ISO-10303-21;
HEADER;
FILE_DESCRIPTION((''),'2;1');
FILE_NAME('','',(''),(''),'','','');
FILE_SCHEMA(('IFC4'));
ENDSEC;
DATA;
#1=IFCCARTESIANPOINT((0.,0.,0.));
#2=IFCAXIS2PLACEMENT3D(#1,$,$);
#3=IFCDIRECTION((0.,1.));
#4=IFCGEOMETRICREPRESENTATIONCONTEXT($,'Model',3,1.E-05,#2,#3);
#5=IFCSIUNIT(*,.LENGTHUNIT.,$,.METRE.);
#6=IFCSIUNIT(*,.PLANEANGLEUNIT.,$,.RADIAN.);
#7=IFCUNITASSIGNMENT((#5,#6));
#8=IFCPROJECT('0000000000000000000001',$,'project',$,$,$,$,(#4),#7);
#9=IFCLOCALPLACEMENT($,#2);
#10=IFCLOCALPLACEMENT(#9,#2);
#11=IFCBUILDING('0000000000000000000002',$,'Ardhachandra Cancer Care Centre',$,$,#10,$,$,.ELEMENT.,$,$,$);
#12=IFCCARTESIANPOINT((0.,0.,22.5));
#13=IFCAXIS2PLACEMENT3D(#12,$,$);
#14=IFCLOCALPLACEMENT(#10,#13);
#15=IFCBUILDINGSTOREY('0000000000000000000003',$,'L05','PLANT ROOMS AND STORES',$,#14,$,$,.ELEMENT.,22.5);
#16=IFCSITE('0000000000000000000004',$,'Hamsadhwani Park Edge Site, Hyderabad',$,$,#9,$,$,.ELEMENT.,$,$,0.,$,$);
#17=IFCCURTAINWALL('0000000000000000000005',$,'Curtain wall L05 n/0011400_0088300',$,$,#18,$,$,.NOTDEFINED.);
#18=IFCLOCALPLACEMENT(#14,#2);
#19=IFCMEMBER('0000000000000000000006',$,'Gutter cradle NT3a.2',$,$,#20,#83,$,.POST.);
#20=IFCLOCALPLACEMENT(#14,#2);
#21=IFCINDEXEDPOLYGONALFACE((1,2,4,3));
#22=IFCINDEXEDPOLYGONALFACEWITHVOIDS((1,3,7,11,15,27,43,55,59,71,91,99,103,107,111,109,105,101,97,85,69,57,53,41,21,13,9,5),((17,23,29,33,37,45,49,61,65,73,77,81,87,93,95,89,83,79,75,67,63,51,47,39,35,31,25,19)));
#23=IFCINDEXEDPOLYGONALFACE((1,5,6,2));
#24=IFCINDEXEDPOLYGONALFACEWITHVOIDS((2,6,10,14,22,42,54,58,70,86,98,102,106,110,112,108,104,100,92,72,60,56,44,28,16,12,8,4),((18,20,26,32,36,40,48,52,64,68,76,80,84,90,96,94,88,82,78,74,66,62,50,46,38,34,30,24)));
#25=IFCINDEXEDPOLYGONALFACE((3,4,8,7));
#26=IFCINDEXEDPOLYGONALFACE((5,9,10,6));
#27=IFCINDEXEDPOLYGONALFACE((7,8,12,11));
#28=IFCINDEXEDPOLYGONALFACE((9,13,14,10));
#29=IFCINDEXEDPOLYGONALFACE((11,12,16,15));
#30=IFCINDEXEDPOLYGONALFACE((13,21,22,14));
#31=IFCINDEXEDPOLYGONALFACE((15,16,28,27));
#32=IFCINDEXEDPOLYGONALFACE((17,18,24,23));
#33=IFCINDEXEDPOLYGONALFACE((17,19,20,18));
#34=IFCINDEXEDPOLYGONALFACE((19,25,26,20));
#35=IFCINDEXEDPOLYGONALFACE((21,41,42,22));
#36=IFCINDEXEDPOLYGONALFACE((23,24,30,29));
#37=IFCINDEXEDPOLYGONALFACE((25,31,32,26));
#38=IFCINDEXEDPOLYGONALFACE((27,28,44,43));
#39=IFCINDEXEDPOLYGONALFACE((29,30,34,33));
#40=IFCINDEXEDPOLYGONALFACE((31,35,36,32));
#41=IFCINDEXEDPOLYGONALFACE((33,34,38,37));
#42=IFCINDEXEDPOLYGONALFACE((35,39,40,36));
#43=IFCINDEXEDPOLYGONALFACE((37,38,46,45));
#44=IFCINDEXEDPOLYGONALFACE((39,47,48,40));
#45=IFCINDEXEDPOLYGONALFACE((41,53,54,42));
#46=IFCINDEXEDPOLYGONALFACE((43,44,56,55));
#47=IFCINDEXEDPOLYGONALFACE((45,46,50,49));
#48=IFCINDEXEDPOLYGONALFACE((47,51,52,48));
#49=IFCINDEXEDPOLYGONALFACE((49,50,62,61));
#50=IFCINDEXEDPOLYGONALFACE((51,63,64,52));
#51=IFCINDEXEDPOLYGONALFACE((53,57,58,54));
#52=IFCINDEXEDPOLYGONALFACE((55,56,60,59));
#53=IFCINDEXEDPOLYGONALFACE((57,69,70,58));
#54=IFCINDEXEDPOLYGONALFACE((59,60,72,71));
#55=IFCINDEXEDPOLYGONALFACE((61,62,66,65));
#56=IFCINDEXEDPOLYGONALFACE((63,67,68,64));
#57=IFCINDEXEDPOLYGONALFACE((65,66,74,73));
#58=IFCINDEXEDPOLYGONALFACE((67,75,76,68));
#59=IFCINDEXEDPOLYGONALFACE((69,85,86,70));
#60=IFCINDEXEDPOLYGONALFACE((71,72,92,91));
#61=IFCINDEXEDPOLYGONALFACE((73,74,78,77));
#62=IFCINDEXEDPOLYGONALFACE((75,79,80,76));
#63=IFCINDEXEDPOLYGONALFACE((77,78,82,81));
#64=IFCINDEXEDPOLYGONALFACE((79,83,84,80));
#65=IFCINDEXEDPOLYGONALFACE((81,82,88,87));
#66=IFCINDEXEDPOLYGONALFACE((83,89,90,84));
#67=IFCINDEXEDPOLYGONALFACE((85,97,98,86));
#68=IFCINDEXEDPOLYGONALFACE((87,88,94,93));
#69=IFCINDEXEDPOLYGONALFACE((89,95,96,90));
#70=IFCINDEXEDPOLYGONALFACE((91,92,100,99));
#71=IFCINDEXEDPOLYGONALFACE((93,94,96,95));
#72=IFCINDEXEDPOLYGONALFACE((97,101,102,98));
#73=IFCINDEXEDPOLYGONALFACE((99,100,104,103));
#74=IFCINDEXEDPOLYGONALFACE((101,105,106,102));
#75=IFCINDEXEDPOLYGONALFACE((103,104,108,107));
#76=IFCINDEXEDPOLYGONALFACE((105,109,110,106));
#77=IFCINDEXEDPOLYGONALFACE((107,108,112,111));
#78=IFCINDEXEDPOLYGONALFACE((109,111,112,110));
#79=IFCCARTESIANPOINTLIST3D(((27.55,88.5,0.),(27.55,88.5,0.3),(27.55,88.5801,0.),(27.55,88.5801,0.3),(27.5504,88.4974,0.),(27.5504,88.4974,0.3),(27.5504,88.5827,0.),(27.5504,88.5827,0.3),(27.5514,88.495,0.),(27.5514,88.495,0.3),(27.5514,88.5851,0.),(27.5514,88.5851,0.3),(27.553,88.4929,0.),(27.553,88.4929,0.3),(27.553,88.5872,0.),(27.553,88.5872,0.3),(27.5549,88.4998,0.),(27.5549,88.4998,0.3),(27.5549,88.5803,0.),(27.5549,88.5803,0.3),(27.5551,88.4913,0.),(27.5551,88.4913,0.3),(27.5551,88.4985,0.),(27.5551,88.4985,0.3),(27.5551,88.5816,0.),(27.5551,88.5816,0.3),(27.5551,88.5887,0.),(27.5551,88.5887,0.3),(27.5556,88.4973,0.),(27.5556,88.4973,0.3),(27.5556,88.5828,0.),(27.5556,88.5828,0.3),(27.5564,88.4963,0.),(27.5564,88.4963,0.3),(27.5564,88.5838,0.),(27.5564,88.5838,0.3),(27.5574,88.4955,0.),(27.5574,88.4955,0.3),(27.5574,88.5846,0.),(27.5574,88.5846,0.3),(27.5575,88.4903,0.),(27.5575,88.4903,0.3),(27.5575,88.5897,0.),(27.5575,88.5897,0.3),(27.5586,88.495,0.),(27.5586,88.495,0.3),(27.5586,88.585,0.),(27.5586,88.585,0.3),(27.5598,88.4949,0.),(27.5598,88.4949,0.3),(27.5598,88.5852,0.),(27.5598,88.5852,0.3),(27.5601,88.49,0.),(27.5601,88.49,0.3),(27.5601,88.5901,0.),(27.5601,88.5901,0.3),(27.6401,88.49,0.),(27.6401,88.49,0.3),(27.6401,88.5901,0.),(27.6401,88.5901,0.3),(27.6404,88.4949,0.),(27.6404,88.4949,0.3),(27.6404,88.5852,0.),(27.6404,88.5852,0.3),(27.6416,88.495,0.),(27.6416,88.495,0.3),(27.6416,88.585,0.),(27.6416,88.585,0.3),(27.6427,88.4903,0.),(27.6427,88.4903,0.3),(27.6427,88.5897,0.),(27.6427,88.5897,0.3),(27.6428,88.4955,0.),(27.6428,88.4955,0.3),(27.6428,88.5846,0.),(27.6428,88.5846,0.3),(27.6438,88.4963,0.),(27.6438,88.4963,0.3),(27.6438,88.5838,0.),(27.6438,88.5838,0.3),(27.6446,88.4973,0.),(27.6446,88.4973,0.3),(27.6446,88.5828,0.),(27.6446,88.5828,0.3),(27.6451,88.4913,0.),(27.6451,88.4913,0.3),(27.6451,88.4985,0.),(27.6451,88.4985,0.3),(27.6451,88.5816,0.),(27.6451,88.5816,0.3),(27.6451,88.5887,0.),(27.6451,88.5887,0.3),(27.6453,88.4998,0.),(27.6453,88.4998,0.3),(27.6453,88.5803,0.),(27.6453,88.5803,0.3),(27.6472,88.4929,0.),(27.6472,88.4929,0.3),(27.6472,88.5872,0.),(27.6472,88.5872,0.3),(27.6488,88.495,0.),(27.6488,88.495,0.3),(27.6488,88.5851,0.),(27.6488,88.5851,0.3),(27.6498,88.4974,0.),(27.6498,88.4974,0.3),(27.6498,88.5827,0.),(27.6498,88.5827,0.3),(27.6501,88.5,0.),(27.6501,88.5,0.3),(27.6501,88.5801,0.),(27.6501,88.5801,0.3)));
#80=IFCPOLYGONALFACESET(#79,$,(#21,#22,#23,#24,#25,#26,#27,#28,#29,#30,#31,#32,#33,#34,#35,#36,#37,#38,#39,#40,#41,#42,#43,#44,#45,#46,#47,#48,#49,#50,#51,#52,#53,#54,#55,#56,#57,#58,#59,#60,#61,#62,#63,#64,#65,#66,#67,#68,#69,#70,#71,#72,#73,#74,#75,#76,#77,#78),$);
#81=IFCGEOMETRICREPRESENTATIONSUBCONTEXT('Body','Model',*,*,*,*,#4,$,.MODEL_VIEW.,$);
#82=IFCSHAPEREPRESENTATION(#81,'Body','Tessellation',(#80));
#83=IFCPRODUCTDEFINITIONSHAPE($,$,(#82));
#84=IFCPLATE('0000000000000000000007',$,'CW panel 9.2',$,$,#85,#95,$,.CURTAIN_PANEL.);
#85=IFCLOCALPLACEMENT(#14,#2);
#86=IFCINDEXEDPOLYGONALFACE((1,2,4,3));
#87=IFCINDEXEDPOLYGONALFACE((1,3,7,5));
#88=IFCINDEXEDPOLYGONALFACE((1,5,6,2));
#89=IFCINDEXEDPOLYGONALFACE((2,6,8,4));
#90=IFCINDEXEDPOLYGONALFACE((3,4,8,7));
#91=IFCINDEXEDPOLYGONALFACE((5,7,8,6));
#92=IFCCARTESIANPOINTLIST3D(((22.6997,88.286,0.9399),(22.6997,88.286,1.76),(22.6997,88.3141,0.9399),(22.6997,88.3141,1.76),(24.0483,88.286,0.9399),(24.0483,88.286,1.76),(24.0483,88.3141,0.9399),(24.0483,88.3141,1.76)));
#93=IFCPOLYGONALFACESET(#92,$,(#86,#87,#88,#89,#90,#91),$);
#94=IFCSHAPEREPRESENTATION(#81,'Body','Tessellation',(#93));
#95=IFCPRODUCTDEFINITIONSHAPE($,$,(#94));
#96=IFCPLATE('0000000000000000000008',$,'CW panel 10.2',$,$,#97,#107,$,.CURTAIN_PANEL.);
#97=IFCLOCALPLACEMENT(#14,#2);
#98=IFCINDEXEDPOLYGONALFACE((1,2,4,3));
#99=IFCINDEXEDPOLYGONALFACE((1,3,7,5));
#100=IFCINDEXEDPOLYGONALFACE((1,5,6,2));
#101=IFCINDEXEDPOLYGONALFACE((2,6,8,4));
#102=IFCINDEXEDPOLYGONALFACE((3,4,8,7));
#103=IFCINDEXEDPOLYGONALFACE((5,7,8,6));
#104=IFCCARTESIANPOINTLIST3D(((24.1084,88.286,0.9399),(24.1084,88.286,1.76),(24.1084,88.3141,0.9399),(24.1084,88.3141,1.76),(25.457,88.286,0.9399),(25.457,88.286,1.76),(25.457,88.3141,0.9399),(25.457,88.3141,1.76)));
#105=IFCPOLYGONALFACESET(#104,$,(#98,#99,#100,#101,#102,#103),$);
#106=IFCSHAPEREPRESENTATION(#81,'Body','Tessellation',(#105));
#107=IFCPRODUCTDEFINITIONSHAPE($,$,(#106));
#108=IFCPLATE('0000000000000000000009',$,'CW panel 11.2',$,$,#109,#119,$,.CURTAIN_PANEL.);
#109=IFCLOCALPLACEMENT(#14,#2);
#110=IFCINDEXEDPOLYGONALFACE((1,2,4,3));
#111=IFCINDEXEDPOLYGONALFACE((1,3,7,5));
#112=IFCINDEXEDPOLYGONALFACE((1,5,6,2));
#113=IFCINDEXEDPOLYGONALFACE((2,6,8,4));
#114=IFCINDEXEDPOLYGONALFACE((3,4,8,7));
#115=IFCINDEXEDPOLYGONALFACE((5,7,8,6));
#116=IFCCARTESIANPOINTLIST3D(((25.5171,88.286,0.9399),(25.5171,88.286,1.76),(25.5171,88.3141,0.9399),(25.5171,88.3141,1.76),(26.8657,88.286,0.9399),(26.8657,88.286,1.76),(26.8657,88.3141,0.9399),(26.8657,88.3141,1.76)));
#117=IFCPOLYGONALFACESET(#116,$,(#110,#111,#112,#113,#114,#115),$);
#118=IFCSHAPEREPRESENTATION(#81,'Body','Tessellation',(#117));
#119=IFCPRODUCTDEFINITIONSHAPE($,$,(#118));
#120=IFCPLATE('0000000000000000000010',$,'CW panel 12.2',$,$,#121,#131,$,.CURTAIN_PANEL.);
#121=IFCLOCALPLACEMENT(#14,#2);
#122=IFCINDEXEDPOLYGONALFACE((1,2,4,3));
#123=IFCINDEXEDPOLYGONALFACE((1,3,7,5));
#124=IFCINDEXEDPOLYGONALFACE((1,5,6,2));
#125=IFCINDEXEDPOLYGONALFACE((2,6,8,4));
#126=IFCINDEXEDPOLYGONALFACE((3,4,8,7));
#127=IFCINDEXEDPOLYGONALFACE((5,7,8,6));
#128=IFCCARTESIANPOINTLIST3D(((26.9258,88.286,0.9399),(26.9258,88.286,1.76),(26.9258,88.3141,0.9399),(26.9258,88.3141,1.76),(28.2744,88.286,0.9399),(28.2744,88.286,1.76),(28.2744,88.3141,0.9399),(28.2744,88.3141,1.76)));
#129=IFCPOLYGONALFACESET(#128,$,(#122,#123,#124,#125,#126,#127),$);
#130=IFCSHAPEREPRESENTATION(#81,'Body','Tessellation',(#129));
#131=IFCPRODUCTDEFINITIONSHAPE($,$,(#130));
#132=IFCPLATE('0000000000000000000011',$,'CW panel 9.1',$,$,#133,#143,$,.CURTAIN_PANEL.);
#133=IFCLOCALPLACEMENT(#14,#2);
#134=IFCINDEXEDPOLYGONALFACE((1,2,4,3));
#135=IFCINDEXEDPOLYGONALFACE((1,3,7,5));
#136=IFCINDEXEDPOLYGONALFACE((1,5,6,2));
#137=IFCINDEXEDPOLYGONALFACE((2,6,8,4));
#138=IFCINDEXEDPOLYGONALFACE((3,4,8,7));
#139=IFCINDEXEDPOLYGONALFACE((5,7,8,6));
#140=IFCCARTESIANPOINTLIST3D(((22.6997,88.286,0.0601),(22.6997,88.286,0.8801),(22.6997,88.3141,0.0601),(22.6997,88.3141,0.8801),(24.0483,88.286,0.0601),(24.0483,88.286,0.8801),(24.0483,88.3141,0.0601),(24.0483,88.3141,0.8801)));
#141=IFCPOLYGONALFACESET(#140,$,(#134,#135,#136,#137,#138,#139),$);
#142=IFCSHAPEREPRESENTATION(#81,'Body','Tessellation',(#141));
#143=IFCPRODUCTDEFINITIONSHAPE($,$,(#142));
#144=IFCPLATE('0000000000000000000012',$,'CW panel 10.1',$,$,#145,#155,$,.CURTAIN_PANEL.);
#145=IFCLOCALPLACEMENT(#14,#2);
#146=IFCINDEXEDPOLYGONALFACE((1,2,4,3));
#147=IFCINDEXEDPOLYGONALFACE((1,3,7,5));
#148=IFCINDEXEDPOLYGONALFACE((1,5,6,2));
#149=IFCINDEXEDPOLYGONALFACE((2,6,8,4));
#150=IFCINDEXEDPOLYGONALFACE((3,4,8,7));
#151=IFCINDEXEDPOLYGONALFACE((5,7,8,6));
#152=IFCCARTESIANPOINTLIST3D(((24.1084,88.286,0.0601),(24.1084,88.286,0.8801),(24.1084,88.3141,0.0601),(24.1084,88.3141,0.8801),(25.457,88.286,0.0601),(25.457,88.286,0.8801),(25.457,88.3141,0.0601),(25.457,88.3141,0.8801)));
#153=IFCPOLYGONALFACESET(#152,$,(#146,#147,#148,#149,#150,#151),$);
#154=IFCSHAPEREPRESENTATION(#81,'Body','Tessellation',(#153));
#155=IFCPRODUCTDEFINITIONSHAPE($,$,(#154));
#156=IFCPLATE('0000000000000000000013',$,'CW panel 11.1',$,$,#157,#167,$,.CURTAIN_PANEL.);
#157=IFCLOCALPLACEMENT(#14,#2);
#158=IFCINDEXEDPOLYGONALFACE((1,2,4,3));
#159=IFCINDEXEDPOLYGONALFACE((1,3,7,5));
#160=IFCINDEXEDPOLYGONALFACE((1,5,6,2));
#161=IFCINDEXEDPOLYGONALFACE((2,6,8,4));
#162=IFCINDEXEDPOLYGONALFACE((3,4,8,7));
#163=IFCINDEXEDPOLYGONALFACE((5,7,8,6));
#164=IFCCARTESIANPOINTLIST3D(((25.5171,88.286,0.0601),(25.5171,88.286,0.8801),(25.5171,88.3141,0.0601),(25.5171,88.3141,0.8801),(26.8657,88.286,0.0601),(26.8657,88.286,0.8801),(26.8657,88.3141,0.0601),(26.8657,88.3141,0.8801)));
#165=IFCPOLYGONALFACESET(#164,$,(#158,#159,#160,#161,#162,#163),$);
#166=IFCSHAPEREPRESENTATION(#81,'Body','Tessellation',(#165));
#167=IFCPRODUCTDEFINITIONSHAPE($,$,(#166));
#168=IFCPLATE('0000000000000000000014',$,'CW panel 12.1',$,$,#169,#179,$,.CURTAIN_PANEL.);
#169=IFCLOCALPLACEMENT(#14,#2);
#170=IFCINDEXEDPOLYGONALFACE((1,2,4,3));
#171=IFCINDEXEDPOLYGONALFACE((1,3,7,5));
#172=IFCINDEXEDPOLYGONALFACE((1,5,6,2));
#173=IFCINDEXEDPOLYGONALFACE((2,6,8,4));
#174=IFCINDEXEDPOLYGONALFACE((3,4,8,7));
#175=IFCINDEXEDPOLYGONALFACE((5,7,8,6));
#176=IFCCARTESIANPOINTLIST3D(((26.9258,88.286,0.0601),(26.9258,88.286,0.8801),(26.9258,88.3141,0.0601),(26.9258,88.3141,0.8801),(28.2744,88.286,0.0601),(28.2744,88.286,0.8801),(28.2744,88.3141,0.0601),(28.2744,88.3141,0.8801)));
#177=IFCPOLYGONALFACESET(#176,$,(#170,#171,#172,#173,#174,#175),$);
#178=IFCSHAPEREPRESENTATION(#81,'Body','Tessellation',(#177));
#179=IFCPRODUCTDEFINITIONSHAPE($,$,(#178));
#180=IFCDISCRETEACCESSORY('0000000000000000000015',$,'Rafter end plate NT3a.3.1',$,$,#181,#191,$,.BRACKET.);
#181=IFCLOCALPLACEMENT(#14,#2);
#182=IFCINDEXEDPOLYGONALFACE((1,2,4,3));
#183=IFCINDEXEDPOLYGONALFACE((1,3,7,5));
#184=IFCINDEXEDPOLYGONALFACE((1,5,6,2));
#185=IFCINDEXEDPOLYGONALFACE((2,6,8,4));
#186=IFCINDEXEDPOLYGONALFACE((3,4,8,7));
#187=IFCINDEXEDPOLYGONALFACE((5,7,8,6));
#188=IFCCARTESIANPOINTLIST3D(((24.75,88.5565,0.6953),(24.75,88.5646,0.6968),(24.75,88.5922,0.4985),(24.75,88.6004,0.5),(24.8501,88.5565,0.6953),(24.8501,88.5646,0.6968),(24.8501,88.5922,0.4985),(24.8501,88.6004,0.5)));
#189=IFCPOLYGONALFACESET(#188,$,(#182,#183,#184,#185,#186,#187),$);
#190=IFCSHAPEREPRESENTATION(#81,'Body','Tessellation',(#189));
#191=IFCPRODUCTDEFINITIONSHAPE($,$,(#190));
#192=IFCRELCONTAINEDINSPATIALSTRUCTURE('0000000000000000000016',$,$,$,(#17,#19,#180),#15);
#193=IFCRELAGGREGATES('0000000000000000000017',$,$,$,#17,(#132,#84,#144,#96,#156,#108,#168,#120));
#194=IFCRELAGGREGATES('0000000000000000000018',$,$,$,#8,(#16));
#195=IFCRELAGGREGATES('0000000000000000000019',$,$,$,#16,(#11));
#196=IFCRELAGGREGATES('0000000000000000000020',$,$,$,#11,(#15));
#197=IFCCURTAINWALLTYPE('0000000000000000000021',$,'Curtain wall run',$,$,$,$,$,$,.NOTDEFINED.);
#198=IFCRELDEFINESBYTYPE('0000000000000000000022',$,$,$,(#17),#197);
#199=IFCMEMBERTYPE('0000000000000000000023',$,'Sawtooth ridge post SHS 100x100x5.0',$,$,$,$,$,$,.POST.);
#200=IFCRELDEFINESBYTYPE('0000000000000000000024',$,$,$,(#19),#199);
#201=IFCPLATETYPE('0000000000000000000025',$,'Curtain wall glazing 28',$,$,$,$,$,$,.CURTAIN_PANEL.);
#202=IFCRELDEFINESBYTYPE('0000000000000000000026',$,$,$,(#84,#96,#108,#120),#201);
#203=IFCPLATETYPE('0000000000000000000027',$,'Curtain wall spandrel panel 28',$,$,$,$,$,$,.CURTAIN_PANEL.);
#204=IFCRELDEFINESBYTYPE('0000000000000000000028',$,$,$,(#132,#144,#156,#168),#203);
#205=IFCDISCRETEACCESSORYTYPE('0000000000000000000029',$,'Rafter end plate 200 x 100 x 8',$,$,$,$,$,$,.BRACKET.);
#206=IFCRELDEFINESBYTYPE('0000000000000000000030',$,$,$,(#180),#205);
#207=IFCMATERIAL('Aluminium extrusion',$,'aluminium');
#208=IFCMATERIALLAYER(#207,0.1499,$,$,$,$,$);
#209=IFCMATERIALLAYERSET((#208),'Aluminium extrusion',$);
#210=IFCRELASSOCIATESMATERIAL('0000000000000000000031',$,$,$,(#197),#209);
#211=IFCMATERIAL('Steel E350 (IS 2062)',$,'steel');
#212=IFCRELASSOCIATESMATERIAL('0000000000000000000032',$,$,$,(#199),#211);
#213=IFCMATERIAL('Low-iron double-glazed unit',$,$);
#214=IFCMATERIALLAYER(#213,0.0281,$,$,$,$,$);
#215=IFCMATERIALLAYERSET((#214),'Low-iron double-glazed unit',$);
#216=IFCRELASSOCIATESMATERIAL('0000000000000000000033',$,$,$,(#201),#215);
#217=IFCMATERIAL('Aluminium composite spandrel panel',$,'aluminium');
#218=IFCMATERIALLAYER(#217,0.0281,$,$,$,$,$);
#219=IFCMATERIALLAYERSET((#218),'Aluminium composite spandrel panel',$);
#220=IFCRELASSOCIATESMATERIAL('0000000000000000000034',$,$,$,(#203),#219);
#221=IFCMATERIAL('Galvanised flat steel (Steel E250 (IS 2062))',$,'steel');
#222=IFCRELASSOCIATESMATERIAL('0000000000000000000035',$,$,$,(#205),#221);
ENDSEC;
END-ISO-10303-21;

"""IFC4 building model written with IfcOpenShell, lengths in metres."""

from ifc_helpers import new_model, si_unit, direction, frame, origin, origin_2d, place, context, subcontext, project, spatial, rectangle, hollow_rectangle, extrude, material, layer, layer_set, material_profile, profile_set, type_object, element, aggregate, save


model = new_model("IFC4")

# Units and contexts
model_context = context("Model", 3, precision=1e-05, world=origin(), true_north=direction((0.0, 1.0)))
body_context = subcontext(model_context, "Body", "Model", "MODEL_VIEW")
ifc_project = project(units=[si_unit("LENGTHUNIT", "METRE"), si_unit("PLANEANGLEUNIT", "RADIAN")], contexts=[model_context])

# Site, building, storey
site_placement = place(None, origin())
site = spatial("IfcSite", under=ifc_project, at=site_placement, Name="Hamsadhwani Park Edge Site, Hyderabad", CompositionType="ELEMENT", RefElevation=0.0)
building_placement = place(site_placement, origin())
building = spatial("IfcBuilding", under=site, at=building_placement, Name="Ardhachandra Cancer Care Centre", CompositionType="ELEMENT")
storey_placement = place(building_placement, frame((0.0, 0.0, 22.5)))
storey = spatial("IfcBuildingStorey", under=building, at=storey_placement, Name="L05", Description="PLANT ROOMS AND STORES", CompositionType="ELEMENT", Elevation=22.5)

# Curtain wall
ifc_material_1 = material(Name="Aluminium extrusion", Category="aluminium")
ifc_layer_1 = layer(ifc_material_1, 0.1499)
ifc_layer_set_1 = layer_set([ifc_layer_1], Name="Aluminium extrusion")
curtain_wall_type = type_object("IfcCurtainWallType", Name="Curtain wall run", PredefinedType="NOTDEFINED", material=ifc_layer_set_1)
curtain_wall_placement = place(storey_placement, origin())
curtain_wall = element("IfcCurtainWall", 1, at=curtain_wall_placement, inside=storey, type_object=curtain_wall_type, Name="Curtain wall L05 n/0011400_0088300", PredefinedType="NOTDEFINED")

# Member
ifc_material_2 = material(Name="Steel E350 (IS 2062)", Category="steel")
ifc_material_profile_1 = material_profile(ifc_material_2, hollow_rectangle(XDim=0.1001, YDim=0.1001, WallThickness=0.0049, InnerFilletRadius=0.0049, OuterFilletRadius=0.01, at=origin_2d()), Name="SHS 100x100x5.0")
ifc_profile_set_1 = profile_set([ifc_material_profile_1], Name="Steel E350 (IS 2062)")
member_type_1 = type_object("IfcMemberType", Name="Sawtooth ridge post SHS 100x100x5.0", PredefinedType="POST", material=ifc_profile_set_1)
member_1_placement = place(storey_placement, frame((27.6001, 88.54, 0.0), z_axis=(0.0, 0.0, 1.0), x_axis=(1.0, 0.0, 0.0)))
element("IfcMember", 2, at=member_1_placement, inside=storey, type_object=member_type_1, Name="Gutter cradle NT3a.2", PredefinedType="POST", context=body_context, shape_type="SweptSolid", body=[
    extrude(hollow_rectangle(XDim=0.1001, YDim=0.1001, WallThickness=0.0049, InnerFilletRadius=0.0049, OuterFilletRadius=0.01, at=origin_2d()), origin(), (0.0, 0.0, 1.0), 0.3),
])

# Plates
ifc_material_3 = material(Name="Low-iron double-glazed unit")
ifc_layer_2 = layer(ifc_material_3, 0.0281)
ifc_layer_set_2 = layer_set([ifc_layer_2], Name="Low-iron double-glazed unit")
plate_type_1 = type_object("IfcPlateType", Name="Curtain wall glazing 28", PredefinedType="CURTAIN_PANEL", material=ifc_layer_set_2)
plate_1_placement = place(storey_placement, frame((23.374, 88.3, 0.9399), z_axis=(0.0, 0.0, 1.0), x_axis=(1.0, 0.0, 0.0)))
plate_1 = element("IfcPlate", 3, at=plate_1_placement, type_object=plate_type_1, Name="CW panel 9.2", PredefinedType="CURTAIN_PANEL", context=body_context, shape_type="SweptSolid", body=[
    extrude(rectangle(XDim=1.3486, YDim=0.0281, at=origin_2d()), origin(), (0.0, 0.0, 1.0), 0.8201),
])
plate_2_placement = place(storey_placement, frame((24.7827, 88.3, 0.9399), z_axis=(0.0, 0.0, 1.0), x_axis=(1.0, 0.0, 0.0)))
plate_2 = element("IfcPlate", 4, at=plate_2_placement, type_object=plate_type_1, Name="CW panel 10.2", PredefinedType="CURTAIN_PANEL", context=body_context, shape_type="SweptSolid", body=[
    extrude(rectangle(XDim=1.3486, YDim=0.0281, at=origin_2d()), origin(), (0.0, 0.0, 1.0), 0.8201),
])
plate_3_placement = place(storey_placement, frame((26.1914, 88.3, 0.9399), z_axis=(0.0, 0.0, 1.0), x_axis=(1.0, 0.0, 0.0)))
plate_3 = element("IfcPlate", 5, at=plate_3_placement, type_object=plate_type_1, Name="CW panel 11.2", PredefinedType="CURTAIN_PANEL", context=body_context, shape_type="SweptSolid", body=[
    extrude(rectangle(XDim=1.3486, YDim=0.0281, at=origin_2d()), origin(), (0.0, 0.0, 1.0), 0.8201),
])
plate_4_placement = place(storey_placement, frame((27.6001, 88.3, 0.9399), z_axis=(0.0, 0.0, 1.0), x_axis=(1.0, 0.0, 0.0)))
plate_4 = element("IfcPlate", 6, at=plate_4_placement, type_object=plate_type_1, Name="CW panel 12.2", PredefinedType="CURTAIN_PANEL", context=body_context, shape_type="SweptSolid", body=[
    extrude(rectangle(XDim=1.3486, YDim=0.0281, at=origin_2d()), origin(), (0.0, 0.0, 1.0), 0.8201),
])
ifc_material_4 = material(Name="Aluminium composite spandrel panel", Category="aluminium")
ifc_layer_3 = layer(ifc_material_4, 0.0281)
ifc_layer_set_3 = layer_set([ifc_layer_3], Name="Aluminium composite spandrel panel")
plate_type_2 = type_object("IfcPlateType", Name="Curtain wall spandrel panel 28", PredefinedType="CURTAIN_PANEL", material=ifc_layer_set_3)
plate_5_placement = place(storey_placement, frame((23.374, 88.3, 0.0601), z_axis=(0.0, 0.0, 1.0), x_axis=(1.0, 0.0, 0.0)))
plate_5 = element("IfcPlate", 7, at=plate_5_placement, type_object=plate_type_2, Name="CW panel 9.1", PredefinedType="CURTAIN_PANEL", context=body_context, shape_type="SweptSolid", body=[
    extrude(rectangle(XDim=1.3486, YDim=0.0281, at=origin_2d()), origin(), (0.0, 0.0, 1.0), 0.8201),
])
plate_6_placement = place(storey_placement, frame((24.7827, 88.3, 0.0601), z_axis=(0.0, 0.0, 1.0), x_axis=(1.0, 0.0, 0.0)))
plate_6 = element("IfcPlate", 8, at=plate_6_placement, type_object=plate_type_2, Name="CW panel 10.1", PredefinedType="CURTAIN_PANEL", context=body_context, shape_type="SweptSolid", body=[
    extrude(rectangle(XDim=1.3486, YDim=0.0281, at=origin_2d()), origin(), (0.0, 0.0, 1.0), 0.8201),
])
plate_7_placement = place(storey_placement, frame((26.1914, 88.3, 0.0601), z_axis=(0.0, 0.0, 1.0), x_axis=(1.0, 0.0, 0.0)))
plate_7 = element("IfcPlate", 9, at=plate_7_placement, type_object=plate_type_2, Name="CW panel 11.1", PredefinedType="CURTAIN_PANEL", context=body_context, shape_type="SweptSolid", body=[
    extrude(rectangle(XDim=1.3486, YDim=0.0281, at=origin_2d()), origin(), (0.0, 0.0, 1.0), 0.8201),
])
plate_8_placement = place(storey_placement, frame((27.6001, 88.3, 0.0601), z_axis=(0.0, 0.0, 1.0), x_axis=(1.0, 0.0, 0.0)))
plate_8 = element("IfcPlate", 10, at=plate_8_placement, type_object=plate_type_2, Name="CW panel 12.1", PredefinedType="CURTAIN_PANEL", context=body_context, shape_type="SweptSolid", body=[
    extrude(rectangle(XDim=1.3486, YDim=0.0281, at=origin_2d()), origin(), (0.0, 0.0, 1.0), 0.8201),
])
aggregate(curtain_wall, [plate_5, plate_1, plate_6, plate_2, plate_7, plate_3, plate_8, plate_4])

# Discrete accessory
ifc_material_5 = material(Name="Galvanised flat steel (Steel E250 (IS 2062))", Category="steel")
ifc_material_profile_2 = material_profile(ifc_material_5, rectangle(XDim=0.1001, YDim=0.2, at=origin_2d()), Name="Rafter end plate 200 x 100 x 8")
ifc_profile_set_2 = profile_set([ifc_material_profile_2], Name="Galvanised flat steel (Steel E250 (IS 2062))")
discrete_accessory_type = type_object("IfcDiscreteAccessoryType", Name="Rafter end plate 200 x 100 x 8", PredefinedType="BRACKET", material=ifc_profile_set_2)
for number, where, z_axis, x_axis, name in (
    (11, (24.8, 88.5825, 0.5984), (0.0, -0.98387, -0.178885), (1.0, 0.0, 0.0), "Rafter end plate NT3a.3.1"),
):
    element("IfcDiscreteAccessory", number, at=place(storey_placement, frame(where, z_axis=z_axis, x_axis=x_axis)), inside=storey, type_object=discrete_accessory_type, Name=name, PredefinedType="BRACKET", context=body_context, shape_type="SweptSolid", body=[
        extrude(rectangle(XDim=0.1001, YDim=0.2, at=origin_2d()), origin(), (0.0, 0.0, 1.0), 0.0083),
    ])

save(model, "model.ifc")
